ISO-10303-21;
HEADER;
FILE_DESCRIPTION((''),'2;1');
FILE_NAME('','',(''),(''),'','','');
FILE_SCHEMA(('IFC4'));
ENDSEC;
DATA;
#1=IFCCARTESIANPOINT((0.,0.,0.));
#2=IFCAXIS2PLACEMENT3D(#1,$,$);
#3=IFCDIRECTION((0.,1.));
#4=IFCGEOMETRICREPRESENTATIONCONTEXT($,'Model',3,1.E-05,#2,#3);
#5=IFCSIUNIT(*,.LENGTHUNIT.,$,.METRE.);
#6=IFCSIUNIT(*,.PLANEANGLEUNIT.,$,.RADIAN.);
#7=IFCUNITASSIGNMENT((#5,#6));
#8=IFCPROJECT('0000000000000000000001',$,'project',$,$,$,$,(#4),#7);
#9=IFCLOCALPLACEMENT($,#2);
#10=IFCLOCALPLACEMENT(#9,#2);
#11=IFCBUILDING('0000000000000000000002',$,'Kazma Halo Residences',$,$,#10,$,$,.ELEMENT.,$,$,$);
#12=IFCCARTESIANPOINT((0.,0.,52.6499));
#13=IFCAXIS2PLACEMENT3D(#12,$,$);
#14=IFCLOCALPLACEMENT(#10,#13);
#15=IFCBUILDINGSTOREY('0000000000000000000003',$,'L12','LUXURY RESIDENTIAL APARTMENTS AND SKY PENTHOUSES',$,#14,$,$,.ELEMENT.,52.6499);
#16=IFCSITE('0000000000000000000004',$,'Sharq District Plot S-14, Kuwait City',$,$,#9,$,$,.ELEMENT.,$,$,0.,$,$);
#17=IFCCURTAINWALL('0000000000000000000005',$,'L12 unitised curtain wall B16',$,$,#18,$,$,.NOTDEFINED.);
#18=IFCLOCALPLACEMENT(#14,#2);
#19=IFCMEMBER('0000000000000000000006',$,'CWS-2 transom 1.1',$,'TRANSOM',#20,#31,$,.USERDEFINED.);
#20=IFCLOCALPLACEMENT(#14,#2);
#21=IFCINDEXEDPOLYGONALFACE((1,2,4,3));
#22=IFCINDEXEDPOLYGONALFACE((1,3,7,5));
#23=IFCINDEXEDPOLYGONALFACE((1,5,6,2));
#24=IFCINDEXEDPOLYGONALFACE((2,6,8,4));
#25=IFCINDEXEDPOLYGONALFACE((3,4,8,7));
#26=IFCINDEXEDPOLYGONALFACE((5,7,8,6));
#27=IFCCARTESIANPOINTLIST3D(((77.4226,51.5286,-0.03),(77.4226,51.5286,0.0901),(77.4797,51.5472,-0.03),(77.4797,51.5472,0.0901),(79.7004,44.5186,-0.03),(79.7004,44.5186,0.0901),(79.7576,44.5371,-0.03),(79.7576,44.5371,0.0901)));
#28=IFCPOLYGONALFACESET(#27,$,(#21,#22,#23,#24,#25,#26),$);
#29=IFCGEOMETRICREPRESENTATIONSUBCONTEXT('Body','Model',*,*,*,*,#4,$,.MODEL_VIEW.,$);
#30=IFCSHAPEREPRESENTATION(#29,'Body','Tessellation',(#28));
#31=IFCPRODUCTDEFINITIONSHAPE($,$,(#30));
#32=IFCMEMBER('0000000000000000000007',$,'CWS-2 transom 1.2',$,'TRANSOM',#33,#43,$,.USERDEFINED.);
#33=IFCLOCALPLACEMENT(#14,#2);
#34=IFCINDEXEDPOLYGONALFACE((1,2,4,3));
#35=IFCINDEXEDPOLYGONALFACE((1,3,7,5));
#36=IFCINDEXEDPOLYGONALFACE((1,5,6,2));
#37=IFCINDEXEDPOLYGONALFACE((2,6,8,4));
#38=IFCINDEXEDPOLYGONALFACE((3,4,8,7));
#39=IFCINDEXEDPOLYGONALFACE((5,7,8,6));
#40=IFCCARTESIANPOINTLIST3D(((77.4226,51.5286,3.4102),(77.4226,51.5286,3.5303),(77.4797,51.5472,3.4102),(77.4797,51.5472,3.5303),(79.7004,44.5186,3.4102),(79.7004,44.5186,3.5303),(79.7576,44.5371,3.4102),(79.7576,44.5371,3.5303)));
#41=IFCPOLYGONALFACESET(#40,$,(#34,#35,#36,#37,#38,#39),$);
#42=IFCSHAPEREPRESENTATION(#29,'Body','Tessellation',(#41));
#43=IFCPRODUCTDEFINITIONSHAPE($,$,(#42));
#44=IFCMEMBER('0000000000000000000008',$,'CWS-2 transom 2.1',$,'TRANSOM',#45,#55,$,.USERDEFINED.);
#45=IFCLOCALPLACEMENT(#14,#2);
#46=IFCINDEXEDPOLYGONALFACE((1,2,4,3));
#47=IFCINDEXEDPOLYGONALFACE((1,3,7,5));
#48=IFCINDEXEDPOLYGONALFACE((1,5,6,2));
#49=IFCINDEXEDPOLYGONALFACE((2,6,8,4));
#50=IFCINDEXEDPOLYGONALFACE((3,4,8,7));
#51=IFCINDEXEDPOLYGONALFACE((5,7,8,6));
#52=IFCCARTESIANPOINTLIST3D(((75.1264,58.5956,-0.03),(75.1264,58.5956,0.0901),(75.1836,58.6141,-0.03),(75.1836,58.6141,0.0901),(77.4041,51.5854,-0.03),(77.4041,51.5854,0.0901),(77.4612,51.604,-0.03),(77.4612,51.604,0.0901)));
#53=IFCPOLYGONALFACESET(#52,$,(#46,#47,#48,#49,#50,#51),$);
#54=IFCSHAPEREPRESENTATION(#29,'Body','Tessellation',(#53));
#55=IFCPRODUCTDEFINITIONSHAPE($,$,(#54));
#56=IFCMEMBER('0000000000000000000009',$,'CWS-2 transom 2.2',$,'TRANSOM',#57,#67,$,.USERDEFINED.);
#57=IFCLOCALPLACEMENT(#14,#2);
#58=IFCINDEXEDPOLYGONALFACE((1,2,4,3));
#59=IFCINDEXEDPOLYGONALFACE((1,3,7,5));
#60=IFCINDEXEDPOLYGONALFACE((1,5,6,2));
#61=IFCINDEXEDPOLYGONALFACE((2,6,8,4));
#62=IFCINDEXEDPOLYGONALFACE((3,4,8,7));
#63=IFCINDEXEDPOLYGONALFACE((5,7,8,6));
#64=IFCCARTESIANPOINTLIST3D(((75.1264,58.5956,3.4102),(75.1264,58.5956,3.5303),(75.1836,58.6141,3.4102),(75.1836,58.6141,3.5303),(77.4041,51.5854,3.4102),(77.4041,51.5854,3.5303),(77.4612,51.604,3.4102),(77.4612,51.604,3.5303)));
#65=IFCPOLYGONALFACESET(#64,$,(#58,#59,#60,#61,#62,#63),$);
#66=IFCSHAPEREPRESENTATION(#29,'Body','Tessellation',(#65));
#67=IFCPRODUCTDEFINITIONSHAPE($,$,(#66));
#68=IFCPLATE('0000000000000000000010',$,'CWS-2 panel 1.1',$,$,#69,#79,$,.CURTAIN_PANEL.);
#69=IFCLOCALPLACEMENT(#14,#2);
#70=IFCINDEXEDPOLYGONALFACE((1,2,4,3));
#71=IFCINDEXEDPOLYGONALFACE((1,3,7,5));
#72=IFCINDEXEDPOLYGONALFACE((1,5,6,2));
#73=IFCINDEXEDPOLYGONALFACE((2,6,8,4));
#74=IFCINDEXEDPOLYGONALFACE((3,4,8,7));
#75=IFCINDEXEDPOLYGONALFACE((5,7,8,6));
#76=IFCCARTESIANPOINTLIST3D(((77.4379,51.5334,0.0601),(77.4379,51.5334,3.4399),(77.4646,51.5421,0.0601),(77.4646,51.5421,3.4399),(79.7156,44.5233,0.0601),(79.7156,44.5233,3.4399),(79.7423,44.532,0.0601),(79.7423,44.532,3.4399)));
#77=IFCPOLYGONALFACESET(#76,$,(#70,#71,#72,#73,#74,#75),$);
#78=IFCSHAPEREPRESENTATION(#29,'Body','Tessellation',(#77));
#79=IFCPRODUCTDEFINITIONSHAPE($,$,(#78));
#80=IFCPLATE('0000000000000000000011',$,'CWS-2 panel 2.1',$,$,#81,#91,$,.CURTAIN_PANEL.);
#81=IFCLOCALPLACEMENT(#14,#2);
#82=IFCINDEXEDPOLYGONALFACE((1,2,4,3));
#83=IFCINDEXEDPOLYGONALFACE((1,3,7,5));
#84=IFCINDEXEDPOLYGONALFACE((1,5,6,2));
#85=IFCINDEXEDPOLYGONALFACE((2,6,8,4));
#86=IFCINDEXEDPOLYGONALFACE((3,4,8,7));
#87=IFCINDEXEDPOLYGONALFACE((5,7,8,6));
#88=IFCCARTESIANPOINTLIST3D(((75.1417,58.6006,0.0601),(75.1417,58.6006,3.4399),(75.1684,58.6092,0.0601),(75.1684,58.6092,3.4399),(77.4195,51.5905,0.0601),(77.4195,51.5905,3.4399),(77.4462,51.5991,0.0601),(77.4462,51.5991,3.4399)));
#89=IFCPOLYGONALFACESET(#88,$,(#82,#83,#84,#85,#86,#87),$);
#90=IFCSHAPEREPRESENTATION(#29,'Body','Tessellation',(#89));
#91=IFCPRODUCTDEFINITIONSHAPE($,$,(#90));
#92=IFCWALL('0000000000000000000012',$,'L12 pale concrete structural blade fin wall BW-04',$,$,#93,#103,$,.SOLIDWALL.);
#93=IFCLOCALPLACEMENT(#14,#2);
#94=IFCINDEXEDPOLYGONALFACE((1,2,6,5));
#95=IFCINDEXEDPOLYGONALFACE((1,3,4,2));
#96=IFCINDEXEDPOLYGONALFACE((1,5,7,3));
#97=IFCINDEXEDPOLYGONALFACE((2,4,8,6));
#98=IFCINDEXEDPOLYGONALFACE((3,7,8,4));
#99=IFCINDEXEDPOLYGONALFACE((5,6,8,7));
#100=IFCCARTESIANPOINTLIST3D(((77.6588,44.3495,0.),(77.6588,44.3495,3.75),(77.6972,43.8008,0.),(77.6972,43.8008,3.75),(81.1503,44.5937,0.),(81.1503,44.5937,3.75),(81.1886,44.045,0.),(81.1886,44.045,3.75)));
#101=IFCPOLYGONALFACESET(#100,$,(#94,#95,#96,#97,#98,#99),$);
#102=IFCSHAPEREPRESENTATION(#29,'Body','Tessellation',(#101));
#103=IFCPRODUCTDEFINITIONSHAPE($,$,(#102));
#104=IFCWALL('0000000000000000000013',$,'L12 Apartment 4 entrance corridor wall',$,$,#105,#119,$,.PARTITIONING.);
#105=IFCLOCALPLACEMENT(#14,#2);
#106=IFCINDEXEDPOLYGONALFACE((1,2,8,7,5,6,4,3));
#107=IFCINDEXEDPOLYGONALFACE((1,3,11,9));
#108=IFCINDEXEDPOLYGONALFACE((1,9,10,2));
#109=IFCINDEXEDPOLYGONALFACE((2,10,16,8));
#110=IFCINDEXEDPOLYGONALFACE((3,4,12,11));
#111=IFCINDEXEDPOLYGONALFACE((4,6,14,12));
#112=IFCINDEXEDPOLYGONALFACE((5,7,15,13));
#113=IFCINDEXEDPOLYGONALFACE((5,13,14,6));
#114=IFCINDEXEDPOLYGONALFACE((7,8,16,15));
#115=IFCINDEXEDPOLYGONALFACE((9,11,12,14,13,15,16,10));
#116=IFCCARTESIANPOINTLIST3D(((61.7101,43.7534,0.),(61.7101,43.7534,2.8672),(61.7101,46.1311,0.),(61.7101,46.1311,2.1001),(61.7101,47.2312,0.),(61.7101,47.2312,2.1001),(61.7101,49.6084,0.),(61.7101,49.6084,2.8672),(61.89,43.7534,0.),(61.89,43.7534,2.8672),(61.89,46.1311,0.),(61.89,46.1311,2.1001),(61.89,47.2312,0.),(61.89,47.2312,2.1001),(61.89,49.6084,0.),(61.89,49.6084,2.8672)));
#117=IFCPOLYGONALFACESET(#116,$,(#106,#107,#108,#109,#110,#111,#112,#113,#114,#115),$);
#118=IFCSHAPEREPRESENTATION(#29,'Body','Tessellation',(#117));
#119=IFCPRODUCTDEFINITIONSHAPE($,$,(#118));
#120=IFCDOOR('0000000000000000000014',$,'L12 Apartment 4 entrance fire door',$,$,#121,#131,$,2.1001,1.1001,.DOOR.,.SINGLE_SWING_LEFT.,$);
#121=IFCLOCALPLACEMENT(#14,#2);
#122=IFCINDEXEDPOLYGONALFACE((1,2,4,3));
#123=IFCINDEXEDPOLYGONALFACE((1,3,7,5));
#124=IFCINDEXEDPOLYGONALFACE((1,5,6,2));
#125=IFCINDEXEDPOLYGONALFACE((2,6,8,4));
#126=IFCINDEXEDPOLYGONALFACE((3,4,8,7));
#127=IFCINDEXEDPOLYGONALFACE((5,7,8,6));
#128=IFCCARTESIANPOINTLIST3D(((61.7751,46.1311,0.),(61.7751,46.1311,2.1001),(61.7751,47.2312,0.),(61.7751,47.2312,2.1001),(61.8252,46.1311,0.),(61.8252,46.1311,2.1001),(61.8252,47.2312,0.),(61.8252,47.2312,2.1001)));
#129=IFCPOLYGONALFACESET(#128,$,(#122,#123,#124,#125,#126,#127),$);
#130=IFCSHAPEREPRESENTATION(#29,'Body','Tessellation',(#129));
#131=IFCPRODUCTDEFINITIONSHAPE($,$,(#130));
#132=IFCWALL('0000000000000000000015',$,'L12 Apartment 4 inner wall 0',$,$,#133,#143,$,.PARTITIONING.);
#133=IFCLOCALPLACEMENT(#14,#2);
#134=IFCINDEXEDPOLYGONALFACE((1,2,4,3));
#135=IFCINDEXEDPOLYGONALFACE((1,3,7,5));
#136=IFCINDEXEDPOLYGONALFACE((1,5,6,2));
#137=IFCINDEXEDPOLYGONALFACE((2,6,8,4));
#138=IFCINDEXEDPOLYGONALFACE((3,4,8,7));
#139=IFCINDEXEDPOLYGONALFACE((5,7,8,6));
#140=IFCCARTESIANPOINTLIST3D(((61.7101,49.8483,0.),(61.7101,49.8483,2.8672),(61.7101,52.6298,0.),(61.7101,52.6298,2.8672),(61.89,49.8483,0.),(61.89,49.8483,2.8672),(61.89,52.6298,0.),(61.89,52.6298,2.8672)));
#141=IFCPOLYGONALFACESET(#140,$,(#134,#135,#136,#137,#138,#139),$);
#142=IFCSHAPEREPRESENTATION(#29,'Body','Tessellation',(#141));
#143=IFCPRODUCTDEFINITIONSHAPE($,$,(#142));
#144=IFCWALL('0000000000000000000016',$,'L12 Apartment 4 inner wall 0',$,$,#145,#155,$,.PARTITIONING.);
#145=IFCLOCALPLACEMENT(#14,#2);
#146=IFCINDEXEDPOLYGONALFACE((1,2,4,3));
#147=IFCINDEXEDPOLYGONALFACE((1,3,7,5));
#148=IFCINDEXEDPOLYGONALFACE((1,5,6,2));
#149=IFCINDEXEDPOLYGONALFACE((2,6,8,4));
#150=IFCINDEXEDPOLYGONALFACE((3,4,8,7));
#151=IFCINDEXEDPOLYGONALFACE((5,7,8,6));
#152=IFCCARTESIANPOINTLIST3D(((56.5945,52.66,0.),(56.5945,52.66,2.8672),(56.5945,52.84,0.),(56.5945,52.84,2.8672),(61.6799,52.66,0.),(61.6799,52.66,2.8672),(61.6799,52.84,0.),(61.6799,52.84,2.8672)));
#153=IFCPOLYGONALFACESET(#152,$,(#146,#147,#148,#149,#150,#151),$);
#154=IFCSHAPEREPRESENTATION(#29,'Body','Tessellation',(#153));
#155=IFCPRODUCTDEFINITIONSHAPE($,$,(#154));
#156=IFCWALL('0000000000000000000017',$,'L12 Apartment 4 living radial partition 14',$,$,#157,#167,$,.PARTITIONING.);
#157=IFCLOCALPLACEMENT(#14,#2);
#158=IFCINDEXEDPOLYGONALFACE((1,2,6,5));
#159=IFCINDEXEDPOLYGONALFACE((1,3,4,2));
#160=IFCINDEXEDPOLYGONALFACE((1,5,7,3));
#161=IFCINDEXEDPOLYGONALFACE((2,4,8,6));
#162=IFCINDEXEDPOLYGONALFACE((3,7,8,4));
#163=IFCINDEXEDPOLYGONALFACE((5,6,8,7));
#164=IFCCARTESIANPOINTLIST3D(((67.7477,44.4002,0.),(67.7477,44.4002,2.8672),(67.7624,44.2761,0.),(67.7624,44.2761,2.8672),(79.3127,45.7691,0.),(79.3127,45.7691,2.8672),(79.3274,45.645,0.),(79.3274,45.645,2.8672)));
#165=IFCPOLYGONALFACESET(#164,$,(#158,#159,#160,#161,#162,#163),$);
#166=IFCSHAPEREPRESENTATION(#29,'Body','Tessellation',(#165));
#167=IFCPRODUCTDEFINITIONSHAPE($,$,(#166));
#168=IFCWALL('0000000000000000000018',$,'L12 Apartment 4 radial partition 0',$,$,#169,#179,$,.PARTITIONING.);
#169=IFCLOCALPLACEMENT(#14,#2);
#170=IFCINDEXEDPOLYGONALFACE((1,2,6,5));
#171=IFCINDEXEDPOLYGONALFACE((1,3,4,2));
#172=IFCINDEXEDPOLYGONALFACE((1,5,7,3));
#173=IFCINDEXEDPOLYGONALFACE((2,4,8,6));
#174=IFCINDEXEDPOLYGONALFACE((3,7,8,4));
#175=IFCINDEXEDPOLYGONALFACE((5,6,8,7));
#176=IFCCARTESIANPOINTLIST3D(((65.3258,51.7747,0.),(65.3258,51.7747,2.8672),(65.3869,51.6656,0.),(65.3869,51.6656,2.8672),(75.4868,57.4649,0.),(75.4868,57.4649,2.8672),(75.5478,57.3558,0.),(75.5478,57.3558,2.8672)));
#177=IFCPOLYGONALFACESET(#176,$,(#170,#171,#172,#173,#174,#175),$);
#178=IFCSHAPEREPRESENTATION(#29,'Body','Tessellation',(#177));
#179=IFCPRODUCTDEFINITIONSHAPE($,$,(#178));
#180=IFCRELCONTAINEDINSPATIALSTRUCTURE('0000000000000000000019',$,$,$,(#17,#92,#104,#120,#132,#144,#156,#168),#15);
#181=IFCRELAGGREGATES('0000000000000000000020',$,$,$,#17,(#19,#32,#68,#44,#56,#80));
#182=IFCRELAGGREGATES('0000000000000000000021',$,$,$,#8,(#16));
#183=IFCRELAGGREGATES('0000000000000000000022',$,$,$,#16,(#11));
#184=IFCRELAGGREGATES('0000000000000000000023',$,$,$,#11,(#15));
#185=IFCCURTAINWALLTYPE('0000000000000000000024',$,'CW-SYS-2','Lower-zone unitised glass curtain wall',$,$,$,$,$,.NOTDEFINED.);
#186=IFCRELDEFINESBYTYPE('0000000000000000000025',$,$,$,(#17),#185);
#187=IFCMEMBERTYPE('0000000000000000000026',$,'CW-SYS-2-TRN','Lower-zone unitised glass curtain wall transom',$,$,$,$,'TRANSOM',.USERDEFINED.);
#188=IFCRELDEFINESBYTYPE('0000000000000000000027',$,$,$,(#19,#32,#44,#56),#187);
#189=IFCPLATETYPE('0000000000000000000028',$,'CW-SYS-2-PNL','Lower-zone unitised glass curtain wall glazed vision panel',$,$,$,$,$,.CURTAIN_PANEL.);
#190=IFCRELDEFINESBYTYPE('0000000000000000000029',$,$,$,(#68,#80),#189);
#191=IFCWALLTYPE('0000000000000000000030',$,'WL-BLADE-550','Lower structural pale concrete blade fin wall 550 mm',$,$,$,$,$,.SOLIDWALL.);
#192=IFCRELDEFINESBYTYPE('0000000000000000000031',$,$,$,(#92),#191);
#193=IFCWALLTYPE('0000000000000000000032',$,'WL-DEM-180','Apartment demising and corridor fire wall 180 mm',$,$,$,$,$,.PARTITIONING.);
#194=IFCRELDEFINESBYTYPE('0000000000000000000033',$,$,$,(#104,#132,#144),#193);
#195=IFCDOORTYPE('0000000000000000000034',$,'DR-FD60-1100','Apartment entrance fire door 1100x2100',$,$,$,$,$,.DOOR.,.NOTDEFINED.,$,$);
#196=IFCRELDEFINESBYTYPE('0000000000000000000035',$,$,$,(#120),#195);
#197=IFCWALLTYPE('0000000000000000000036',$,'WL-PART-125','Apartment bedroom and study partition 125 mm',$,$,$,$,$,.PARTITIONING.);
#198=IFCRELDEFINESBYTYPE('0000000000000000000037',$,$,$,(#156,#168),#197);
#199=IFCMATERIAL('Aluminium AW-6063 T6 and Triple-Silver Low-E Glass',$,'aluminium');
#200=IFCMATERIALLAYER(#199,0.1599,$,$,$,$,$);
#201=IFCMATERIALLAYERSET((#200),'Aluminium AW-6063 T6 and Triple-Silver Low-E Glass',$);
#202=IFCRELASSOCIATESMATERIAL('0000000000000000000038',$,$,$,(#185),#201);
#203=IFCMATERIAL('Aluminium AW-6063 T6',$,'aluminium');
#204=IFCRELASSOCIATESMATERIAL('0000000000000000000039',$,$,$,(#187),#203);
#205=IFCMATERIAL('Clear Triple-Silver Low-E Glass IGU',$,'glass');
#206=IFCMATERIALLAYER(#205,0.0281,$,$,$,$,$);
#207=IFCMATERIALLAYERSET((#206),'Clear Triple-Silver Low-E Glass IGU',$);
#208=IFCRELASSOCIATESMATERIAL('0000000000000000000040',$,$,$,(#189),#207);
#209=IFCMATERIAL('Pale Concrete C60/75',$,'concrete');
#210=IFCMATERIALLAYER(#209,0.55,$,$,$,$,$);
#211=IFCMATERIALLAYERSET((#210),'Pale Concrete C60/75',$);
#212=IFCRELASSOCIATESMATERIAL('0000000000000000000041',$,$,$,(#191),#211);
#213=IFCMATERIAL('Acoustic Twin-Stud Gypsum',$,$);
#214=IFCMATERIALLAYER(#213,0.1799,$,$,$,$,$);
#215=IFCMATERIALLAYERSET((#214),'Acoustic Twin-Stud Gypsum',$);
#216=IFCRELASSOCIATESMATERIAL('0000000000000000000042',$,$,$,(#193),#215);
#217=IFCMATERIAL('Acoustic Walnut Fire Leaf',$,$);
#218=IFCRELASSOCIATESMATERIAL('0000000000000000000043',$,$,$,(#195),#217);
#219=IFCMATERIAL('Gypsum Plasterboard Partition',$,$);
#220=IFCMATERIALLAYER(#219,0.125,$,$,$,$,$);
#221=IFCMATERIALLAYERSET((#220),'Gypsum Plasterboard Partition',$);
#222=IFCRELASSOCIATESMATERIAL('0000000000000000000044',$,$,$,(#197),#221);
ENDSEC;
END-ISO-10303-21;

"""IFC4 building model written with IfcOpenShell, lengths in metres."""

from ifc_helpers import new_model, si_unit, direction, frame, frame_2d, origin, origin_2d, place, context, subcontext, project, spatial, rectangle, extrude, material, layer, layer_set, material_profile, profile_set, type_object, element, fill, aggregate, save


model = new_model("IFC4")

# Units and contexts
model_context = context("Model", 3, precision=1e-05, world=origin(), true_north=direction((0.0, 1.0)))
body_context = subcontext(model_context, "Body", "Model", "MODEL_VIEW")
ifc_project = project(units=[si_unit("LENGTHUNIT", "METRE"), si_unit("PLANEANGLEUNIT", "RADIAN")], contexts=[model_context])

# Site, building, storey
site_placement = place(None, origin())
site = spatial("IfcSite", under=ifc_project, at=site_placement, Name="Sharq District Plot S-14, Kuwait City", CompositionType="ELEMENT", RefElevation=0.0)
building_placement = place(site_placement, origin())
building = spatial("IfcBuilding", under=site, at=building_placement, Name="Kazma Halo Residences", CompositionType="ELEMENT")
storey_placement = place(building_placement, frame((0.0, 0.0, 52.6499)))
storey = spatial("IfcBuildingStorey", under=building, at=storey_placement, Name="L12", Description="LUXURY RESIDENTIAL APARTMENTS AND SKY PENTHOUSES", CompositionType="ELEMENT", Elevation=52.6499)

# Shared definitions
ifc_material_1 = material(Name="Aluminium AW-6063 T6 and Triple-Silver Low-E Glass", Category="aluminium")
ifc_layer_1 = layer(ifc_material_1, 0.1599)
ifc_layer_set_1 = layer_set([ifc_layer_1], Name="Aluminium AW-6063 T6 and Triple-Silver Low-E Glass")
curtain_wall_type = type_object("IfcCurtainWallType", Name="CW-SYS-2", Description="Lower-zone unitised glass curtain wall", PredefinedType="NOTDEFINED", material=ifc_layer_set_1)
ifc_material_2 = material(Name="Aluminium AW-6063 T6", Category="aluminium")

# Curtain wall, members, plates
curtain_wall_1_placement = place(storey_placement, origin())
curtain_wall_1 = element("IfcCurtainWall", 1, at=curtain_wall_1_placement, inside=storey, type_object=curtain_wall_type, Name="L12 unitised curtain wall B16", PredefinedType="NOTDEFINED")
ifc_material_profile_1 = material_profile(ifc_material_2, rectangle(XDim=0.0601, YDim=0.1201, at=origin_2d()), Name="CWT-60x120")
ifc_profile_set_1 = profile_set([ifc_material_profile_1], Name="Aluminium AW-6063 T6")
member_type_1 = type_object("IfcMemberType", Name="CW-SYS-2-TRN", Description="Lower-zone unitised glass curtain wall transom", ElementType="TRANSOM", PredefinedType="USERDEFINED", material=ifc_profile_set_1)
member_1_placement = place(storey_placement, frame((79.729, 44.5278, 0.03), z_axis=(-0.309034, 0.951051, 0.0), x_axis=(-0.951051, -0.309034, 0.0)))
member_1 = element("IfcMember", 2, at=member_1_placement, type_object=member_type_1, Name="CWS-2 transom 1.1", ObjectType="TRANSOM", PredefinedType="USERDEFINED", context=body_context, shape_type="SweptSolid", body=[
    extrude(rectangle(XDim=0.0601, YDim=0.1201, at=origin_2d()), origin(), (0.0, 0.0, 1.0), 7.3708),
])
member_2_placement = place(storey_placement, frame((79.729, 44.5278, 3.4702), z_axis=(-0.309034, 0.951051, 0.0), x_axis=(-0.951051, -0.309034, 0.0)))
member_2 = element("IfcMember", 3, at=member_2_placement, type_object=member_type_1, Name="CWS-2 transom 1.2", ObjectType="TRANSOM", PredefinedType="USERDEFINED", context=body_context, shape_type="SweptSolid", body=[
    extrude(rectangle(XDim=0.0601, YDim=0.1201, at=origin_2d()), origin(), (0.0, 0.0, 1.0), 7.3708),
])
member_3_placement = place(storey_placement, frame((77.4326, 51.5947, 0.03), z_axis=(-0.309004, 0.951061, 0.0), x_axis=(-0.951061, -0.309004, 0.0)))
member_3 = element("IfcMember", 4, at=member_3_placement, type_object=member_type_1, Name="CWS-2 transom 2.1", ObjectType="TRANSOM", PredefinedType="USERDEFINED", context=body_context, shape_type="SweptSolid", body=[
    extrude(rectangle(XDim=0.0601, YDim=0.1201, at=origin_2d()), origin(), (0.0, 0.0, 1.0), 7.3708),
])
member_4_placement = place(storey_placement, frame((77.4326, 51.5947, 3.4702), z_axis=(-0.309004, 0.951061, 0.0), x_axis=(-0.951061, -0.309004, 0.0)))
member_4 = element("IfcMember", 5, at=member_4_placement, type_object=member_type_1, Name="CWS-2 transom 2.2", ObjectType="TRANSOM", PredefinedType="USERDEFINED", context=body_context, shape_type="SweptSolid", body=[
    extrude(rectangle(XDim=0.0601, YDim=0.1201, at=origin_2d()), origin(), (0.0, 0.0, 1.0), 7.3708),
])
ifc_material_3 = material(Name="Clear Triple-Silver Low-E Glass IGU", Category="glass")
ifc_layer_2 = layer(ifc_material_3, 0.0281)
ifc_layer_set_2 = layer_set([ifc_layer_2], Name="Clear Triple-Silver Low-E Glass IGU")
plate_type = type_object("IfcPlateType", Name="CW-SYS-2-PNL", Description="Lower-zone unitised glass curtain wall glazed vision panel", PredefinedType="CURTAIN_PANEL", material=ifc_layer_set_2)
plate_1_placement = place(storey_placement, frame((78.5901, 48.0327, 0.0601), z_axis=(0.0, 0.0, 1.0), x_axis=(-0.309017, 0.951057, 0.0)))
plate_1 = element("IfcPlate", 6, at=plate_1_placement, type_object=plate_type, Name="CWS-2 panel 1.1", PredefinedType="CURTAIN_PANEL", context=body_context, shape_type="SweptSolid", body=[
    extrude(rectangle(XDim=7.3708, YDim=0.0281, at=origin_2d()), origin(), (0.0, 0.0, 1.0), 3.3799),
])
plate_2_placement = place(storey_placement, frame((76.2939, 55.0999, 0.0601), z_axis=(0.0, 0.0, 1.0), x_axis=(-0.309017, 0.951057, 0.0)))
plate_2 = element("IfcPlate", 7, at=plate_2_placement, type_object=plate_type, Name="CWS-2 panel 2.1", PredefinedType="CURTAIN_PANEL", context=body_context, shape_type="SweptSolid", body=[
    extrude(rectangle(XDim=7.3708, YDim=0.0281, at=origin_2d()), origin(), (0.0, 0.0, 1.0), 3.3799),
])
aggregate(curtain_wall_1, [member_1, member_2, plate_1, member_3, member_4, plate_2])

# Wall
ifc_material_4 = material(Name="Pale Concrete C60/75", Category="concrete")
ifc_layer_3 = layer(ifc_material_4, 0.55)
ifc_layer_set_3 = layer_set([ifc_layer_3], Name="Pale Concrete C60/75")
wall_type_1 = type_object("IfcWallType", Name="WL-BLADE-550", Description="Lower structural pale concrete blade fin wall 550 mm", PredefinedType="SOLIDWALL", material=ifc_layer_set_3)
wall_1_placement = place(storey_placement, frame((77.678, 44.0752, 0.0), z_axis=(0.0, 0.0, 1.0), x_axis=(0.997564, 0.069755, 0.0)))
element("IfcWall", 8, at=wall_1_placement, inside=storey, type_object=wall_type_1, Name="L12 pale concrete structural blade fin wall BW-04", PredefinedType="SOLIDWALL", context=body_context, shape_type="SweptSolid", body=[
    extrude(rectangle(XDim=3.5, YDim=0.55, at=frame_2d((1.75, 0.0))), origin(), (0.0, 0.0, 1.0), 3.75),
])

# Wall, opening, door
ifc_material_5 = material(Name="Acoustic Twin-Stud Gypsum")
ifc_layer_4 = layer(ifc_material_5, 0.1799)
ifc_layer_set_4 = layer_set([ifc_layer_4], Name="Acoustic Twin-Stud Gypsum")
wall_type_2 = type_object("IfcWallType", Name="WL-DEM-180", Description="Apartment demising and corridor fire wall 180 mm", PredefinedType="PARTITIONING", material=ifc_layer_set_4)
wall_2_placement = place(storey_placement, frame((61.8, 43.7534, 0.0), z_axis=(0.0, 0.0, 1.0), x_axis=(0.0, 1.0, 0.0)))
wall_2 = element("IfcWall", 9, at=wall_2_placement, inside=storey, type_object=wall_type_2, Name="L12 Apartment 4 entrance corridor wall", PredefinedType="PARTITIONING", context=body_context, shape_type="SweptSolid", body=[
    extrude(rectangle(XDim=5.855, YDim=0.1799, at=frame_2d((2.9275, 0.0))), origin(), (0.0, 0.0, 1.0), 2.8672),
])
opening_1_placement = place(wall_2_placement, frame((2.3777, 0.0, 0.0)))
opening_1 = element("IfcOpeningElement", 10, at=opening_1_placement, cuts=wall_2, PredefinedType="OPENING", context=body_context, shape_type="SweptSolid", body=[
    extrude(rectangle(XDim=1.1001, YDim=2.1001, at=frame_2d((0.55, 1.05))), frame((0.0, 0.0999, 0.0), z_axis=(0.0, -1.0, 0.0), x_axis=(1.0, 0.0, 0.0)), (0.0, 0.0, 1.0), 0.2),
])
ifc_material_6 = material(Name="Acoustic Walnut Fire Leaf")
door_type_1 = type_object("IfcDoorType", Name="DR-FD60-1100", Description="Apartment entrance fire door 1100x2100", OperationType="NOTDEFINED", PredefinedType="DOOR", material=ifc_material_6)
door_1_placement = place(opening_1_placement, origin())
door_1 = element("IfcDoor", 11, at=door_1_placement, inside=storey, type_object=door_type_1, Name="L12 Apartment 4 entrance fire door", OperationType="SINGLE_SWING_LEFT", OverallHeight=2.1001, OverallWidth=1.1001, PredefinedType="DOOR", context=body_context, shape_type="SweptSolid", body=[
    extrude(rectangle(XDim=1.1001, YDim=2.1001, at=frame_2d((0.55, 1.05))), frame((0.0, 0.0249, 0.0), z_axis=(0.0, -1.0, 0.0), x_axis=(1.0, 0.0, 0.0)), (0.0, 0.0, 1.0), 0.05),
])
fill(opening_1, door_1)

# Walls
wall_3_placement = place(storey_placement, frame((61.8, 49.8484, 0.0), z_axis=(0.0, 0.0, 1.0), x_axis=(0.0, 1.0, 0.0)))
element("IfcWall", 12, at=wall_3_placement, inside=storey, type_object=wall_type_2, Name="L12 Apartment 4 inner wall 0", PredefinedType="PARTITIONING", context=body_context, shape_type="SweptSolid", body=[
    extrude(rectangle(XDim=2.7815, YDim=0.1799, at=frame_2d((1.3906, 0.0))), origin(), (0.0, 0.0, 1.0), 2.8672),
])
wall_4_placement = place(storey_placement, frame((61.6799, 52.75, 0.0), z_axis=(0.0, 0.0, 1.0), x_axis=(-1.0, 0.0, 0.0)))
element("IfcWall", 13, at=wall_4_placement, inside=storey, type_object=wall_type_2, Name="L12 Apartment 4 inner wall 0", PredefinedType="PARTITIONING", context=body_context, shape_type="SweptSolid", body=[
    extrude(rectangle(XDim=5.0854, YDim=0.1799, at=frame_2d((2.5427, 0.0))), origin(), (0.0, 0.0, 1.0), 2.8672),
])
ifc_material_7 = material(Name="Gypsum Plasterboard Partition")
ifc_layer_5 = layer(ifc_material_7, 0.125)
ifc_layer_set_5 = layer_set([ifc_layer_5], Name="Gypsum Plasterboard Partition")
wall_type_3 = type_object("IfcWallType", Name="WL-PART-125", Description="Apartment bedroom and study partition 125 mm", PredefinedType="PARTITIONING", material=ifc_layer_set_5)
for number, where, z_axis, x_axis, name in (
    (14, (67.7551, 44.3381, 0.0), (0.0, 0.0, 1.0), (0.993068, 0.117545, 0.0), "L12 Apartment 4 living radial partition 14"),
    (15, (65.3564, 51.7202, 0.0), (0.0, 0.0, 1.0), (0.872503, 0.488609, 0.0), "L12 Apartment 4 radial partition 0"),
):
    element("IfcWall", number, at=place(storey_placement, frame(where, z_axis=z_axis, x_axis=x_axis)), inside=storey, type_object=wall_type_3, Name=name, PredefinedType="PARTITIONING", context=body_context, shape_type="SweptSolid", body=[
        extrude(rectangle(XDim=11.6458, YDim=0.125, at=frame_2d((5.8228, 0.0))), origin(), (0.0, 0.0, 1.0), 2.8672),
    ])

save(model, "model.ifc")
